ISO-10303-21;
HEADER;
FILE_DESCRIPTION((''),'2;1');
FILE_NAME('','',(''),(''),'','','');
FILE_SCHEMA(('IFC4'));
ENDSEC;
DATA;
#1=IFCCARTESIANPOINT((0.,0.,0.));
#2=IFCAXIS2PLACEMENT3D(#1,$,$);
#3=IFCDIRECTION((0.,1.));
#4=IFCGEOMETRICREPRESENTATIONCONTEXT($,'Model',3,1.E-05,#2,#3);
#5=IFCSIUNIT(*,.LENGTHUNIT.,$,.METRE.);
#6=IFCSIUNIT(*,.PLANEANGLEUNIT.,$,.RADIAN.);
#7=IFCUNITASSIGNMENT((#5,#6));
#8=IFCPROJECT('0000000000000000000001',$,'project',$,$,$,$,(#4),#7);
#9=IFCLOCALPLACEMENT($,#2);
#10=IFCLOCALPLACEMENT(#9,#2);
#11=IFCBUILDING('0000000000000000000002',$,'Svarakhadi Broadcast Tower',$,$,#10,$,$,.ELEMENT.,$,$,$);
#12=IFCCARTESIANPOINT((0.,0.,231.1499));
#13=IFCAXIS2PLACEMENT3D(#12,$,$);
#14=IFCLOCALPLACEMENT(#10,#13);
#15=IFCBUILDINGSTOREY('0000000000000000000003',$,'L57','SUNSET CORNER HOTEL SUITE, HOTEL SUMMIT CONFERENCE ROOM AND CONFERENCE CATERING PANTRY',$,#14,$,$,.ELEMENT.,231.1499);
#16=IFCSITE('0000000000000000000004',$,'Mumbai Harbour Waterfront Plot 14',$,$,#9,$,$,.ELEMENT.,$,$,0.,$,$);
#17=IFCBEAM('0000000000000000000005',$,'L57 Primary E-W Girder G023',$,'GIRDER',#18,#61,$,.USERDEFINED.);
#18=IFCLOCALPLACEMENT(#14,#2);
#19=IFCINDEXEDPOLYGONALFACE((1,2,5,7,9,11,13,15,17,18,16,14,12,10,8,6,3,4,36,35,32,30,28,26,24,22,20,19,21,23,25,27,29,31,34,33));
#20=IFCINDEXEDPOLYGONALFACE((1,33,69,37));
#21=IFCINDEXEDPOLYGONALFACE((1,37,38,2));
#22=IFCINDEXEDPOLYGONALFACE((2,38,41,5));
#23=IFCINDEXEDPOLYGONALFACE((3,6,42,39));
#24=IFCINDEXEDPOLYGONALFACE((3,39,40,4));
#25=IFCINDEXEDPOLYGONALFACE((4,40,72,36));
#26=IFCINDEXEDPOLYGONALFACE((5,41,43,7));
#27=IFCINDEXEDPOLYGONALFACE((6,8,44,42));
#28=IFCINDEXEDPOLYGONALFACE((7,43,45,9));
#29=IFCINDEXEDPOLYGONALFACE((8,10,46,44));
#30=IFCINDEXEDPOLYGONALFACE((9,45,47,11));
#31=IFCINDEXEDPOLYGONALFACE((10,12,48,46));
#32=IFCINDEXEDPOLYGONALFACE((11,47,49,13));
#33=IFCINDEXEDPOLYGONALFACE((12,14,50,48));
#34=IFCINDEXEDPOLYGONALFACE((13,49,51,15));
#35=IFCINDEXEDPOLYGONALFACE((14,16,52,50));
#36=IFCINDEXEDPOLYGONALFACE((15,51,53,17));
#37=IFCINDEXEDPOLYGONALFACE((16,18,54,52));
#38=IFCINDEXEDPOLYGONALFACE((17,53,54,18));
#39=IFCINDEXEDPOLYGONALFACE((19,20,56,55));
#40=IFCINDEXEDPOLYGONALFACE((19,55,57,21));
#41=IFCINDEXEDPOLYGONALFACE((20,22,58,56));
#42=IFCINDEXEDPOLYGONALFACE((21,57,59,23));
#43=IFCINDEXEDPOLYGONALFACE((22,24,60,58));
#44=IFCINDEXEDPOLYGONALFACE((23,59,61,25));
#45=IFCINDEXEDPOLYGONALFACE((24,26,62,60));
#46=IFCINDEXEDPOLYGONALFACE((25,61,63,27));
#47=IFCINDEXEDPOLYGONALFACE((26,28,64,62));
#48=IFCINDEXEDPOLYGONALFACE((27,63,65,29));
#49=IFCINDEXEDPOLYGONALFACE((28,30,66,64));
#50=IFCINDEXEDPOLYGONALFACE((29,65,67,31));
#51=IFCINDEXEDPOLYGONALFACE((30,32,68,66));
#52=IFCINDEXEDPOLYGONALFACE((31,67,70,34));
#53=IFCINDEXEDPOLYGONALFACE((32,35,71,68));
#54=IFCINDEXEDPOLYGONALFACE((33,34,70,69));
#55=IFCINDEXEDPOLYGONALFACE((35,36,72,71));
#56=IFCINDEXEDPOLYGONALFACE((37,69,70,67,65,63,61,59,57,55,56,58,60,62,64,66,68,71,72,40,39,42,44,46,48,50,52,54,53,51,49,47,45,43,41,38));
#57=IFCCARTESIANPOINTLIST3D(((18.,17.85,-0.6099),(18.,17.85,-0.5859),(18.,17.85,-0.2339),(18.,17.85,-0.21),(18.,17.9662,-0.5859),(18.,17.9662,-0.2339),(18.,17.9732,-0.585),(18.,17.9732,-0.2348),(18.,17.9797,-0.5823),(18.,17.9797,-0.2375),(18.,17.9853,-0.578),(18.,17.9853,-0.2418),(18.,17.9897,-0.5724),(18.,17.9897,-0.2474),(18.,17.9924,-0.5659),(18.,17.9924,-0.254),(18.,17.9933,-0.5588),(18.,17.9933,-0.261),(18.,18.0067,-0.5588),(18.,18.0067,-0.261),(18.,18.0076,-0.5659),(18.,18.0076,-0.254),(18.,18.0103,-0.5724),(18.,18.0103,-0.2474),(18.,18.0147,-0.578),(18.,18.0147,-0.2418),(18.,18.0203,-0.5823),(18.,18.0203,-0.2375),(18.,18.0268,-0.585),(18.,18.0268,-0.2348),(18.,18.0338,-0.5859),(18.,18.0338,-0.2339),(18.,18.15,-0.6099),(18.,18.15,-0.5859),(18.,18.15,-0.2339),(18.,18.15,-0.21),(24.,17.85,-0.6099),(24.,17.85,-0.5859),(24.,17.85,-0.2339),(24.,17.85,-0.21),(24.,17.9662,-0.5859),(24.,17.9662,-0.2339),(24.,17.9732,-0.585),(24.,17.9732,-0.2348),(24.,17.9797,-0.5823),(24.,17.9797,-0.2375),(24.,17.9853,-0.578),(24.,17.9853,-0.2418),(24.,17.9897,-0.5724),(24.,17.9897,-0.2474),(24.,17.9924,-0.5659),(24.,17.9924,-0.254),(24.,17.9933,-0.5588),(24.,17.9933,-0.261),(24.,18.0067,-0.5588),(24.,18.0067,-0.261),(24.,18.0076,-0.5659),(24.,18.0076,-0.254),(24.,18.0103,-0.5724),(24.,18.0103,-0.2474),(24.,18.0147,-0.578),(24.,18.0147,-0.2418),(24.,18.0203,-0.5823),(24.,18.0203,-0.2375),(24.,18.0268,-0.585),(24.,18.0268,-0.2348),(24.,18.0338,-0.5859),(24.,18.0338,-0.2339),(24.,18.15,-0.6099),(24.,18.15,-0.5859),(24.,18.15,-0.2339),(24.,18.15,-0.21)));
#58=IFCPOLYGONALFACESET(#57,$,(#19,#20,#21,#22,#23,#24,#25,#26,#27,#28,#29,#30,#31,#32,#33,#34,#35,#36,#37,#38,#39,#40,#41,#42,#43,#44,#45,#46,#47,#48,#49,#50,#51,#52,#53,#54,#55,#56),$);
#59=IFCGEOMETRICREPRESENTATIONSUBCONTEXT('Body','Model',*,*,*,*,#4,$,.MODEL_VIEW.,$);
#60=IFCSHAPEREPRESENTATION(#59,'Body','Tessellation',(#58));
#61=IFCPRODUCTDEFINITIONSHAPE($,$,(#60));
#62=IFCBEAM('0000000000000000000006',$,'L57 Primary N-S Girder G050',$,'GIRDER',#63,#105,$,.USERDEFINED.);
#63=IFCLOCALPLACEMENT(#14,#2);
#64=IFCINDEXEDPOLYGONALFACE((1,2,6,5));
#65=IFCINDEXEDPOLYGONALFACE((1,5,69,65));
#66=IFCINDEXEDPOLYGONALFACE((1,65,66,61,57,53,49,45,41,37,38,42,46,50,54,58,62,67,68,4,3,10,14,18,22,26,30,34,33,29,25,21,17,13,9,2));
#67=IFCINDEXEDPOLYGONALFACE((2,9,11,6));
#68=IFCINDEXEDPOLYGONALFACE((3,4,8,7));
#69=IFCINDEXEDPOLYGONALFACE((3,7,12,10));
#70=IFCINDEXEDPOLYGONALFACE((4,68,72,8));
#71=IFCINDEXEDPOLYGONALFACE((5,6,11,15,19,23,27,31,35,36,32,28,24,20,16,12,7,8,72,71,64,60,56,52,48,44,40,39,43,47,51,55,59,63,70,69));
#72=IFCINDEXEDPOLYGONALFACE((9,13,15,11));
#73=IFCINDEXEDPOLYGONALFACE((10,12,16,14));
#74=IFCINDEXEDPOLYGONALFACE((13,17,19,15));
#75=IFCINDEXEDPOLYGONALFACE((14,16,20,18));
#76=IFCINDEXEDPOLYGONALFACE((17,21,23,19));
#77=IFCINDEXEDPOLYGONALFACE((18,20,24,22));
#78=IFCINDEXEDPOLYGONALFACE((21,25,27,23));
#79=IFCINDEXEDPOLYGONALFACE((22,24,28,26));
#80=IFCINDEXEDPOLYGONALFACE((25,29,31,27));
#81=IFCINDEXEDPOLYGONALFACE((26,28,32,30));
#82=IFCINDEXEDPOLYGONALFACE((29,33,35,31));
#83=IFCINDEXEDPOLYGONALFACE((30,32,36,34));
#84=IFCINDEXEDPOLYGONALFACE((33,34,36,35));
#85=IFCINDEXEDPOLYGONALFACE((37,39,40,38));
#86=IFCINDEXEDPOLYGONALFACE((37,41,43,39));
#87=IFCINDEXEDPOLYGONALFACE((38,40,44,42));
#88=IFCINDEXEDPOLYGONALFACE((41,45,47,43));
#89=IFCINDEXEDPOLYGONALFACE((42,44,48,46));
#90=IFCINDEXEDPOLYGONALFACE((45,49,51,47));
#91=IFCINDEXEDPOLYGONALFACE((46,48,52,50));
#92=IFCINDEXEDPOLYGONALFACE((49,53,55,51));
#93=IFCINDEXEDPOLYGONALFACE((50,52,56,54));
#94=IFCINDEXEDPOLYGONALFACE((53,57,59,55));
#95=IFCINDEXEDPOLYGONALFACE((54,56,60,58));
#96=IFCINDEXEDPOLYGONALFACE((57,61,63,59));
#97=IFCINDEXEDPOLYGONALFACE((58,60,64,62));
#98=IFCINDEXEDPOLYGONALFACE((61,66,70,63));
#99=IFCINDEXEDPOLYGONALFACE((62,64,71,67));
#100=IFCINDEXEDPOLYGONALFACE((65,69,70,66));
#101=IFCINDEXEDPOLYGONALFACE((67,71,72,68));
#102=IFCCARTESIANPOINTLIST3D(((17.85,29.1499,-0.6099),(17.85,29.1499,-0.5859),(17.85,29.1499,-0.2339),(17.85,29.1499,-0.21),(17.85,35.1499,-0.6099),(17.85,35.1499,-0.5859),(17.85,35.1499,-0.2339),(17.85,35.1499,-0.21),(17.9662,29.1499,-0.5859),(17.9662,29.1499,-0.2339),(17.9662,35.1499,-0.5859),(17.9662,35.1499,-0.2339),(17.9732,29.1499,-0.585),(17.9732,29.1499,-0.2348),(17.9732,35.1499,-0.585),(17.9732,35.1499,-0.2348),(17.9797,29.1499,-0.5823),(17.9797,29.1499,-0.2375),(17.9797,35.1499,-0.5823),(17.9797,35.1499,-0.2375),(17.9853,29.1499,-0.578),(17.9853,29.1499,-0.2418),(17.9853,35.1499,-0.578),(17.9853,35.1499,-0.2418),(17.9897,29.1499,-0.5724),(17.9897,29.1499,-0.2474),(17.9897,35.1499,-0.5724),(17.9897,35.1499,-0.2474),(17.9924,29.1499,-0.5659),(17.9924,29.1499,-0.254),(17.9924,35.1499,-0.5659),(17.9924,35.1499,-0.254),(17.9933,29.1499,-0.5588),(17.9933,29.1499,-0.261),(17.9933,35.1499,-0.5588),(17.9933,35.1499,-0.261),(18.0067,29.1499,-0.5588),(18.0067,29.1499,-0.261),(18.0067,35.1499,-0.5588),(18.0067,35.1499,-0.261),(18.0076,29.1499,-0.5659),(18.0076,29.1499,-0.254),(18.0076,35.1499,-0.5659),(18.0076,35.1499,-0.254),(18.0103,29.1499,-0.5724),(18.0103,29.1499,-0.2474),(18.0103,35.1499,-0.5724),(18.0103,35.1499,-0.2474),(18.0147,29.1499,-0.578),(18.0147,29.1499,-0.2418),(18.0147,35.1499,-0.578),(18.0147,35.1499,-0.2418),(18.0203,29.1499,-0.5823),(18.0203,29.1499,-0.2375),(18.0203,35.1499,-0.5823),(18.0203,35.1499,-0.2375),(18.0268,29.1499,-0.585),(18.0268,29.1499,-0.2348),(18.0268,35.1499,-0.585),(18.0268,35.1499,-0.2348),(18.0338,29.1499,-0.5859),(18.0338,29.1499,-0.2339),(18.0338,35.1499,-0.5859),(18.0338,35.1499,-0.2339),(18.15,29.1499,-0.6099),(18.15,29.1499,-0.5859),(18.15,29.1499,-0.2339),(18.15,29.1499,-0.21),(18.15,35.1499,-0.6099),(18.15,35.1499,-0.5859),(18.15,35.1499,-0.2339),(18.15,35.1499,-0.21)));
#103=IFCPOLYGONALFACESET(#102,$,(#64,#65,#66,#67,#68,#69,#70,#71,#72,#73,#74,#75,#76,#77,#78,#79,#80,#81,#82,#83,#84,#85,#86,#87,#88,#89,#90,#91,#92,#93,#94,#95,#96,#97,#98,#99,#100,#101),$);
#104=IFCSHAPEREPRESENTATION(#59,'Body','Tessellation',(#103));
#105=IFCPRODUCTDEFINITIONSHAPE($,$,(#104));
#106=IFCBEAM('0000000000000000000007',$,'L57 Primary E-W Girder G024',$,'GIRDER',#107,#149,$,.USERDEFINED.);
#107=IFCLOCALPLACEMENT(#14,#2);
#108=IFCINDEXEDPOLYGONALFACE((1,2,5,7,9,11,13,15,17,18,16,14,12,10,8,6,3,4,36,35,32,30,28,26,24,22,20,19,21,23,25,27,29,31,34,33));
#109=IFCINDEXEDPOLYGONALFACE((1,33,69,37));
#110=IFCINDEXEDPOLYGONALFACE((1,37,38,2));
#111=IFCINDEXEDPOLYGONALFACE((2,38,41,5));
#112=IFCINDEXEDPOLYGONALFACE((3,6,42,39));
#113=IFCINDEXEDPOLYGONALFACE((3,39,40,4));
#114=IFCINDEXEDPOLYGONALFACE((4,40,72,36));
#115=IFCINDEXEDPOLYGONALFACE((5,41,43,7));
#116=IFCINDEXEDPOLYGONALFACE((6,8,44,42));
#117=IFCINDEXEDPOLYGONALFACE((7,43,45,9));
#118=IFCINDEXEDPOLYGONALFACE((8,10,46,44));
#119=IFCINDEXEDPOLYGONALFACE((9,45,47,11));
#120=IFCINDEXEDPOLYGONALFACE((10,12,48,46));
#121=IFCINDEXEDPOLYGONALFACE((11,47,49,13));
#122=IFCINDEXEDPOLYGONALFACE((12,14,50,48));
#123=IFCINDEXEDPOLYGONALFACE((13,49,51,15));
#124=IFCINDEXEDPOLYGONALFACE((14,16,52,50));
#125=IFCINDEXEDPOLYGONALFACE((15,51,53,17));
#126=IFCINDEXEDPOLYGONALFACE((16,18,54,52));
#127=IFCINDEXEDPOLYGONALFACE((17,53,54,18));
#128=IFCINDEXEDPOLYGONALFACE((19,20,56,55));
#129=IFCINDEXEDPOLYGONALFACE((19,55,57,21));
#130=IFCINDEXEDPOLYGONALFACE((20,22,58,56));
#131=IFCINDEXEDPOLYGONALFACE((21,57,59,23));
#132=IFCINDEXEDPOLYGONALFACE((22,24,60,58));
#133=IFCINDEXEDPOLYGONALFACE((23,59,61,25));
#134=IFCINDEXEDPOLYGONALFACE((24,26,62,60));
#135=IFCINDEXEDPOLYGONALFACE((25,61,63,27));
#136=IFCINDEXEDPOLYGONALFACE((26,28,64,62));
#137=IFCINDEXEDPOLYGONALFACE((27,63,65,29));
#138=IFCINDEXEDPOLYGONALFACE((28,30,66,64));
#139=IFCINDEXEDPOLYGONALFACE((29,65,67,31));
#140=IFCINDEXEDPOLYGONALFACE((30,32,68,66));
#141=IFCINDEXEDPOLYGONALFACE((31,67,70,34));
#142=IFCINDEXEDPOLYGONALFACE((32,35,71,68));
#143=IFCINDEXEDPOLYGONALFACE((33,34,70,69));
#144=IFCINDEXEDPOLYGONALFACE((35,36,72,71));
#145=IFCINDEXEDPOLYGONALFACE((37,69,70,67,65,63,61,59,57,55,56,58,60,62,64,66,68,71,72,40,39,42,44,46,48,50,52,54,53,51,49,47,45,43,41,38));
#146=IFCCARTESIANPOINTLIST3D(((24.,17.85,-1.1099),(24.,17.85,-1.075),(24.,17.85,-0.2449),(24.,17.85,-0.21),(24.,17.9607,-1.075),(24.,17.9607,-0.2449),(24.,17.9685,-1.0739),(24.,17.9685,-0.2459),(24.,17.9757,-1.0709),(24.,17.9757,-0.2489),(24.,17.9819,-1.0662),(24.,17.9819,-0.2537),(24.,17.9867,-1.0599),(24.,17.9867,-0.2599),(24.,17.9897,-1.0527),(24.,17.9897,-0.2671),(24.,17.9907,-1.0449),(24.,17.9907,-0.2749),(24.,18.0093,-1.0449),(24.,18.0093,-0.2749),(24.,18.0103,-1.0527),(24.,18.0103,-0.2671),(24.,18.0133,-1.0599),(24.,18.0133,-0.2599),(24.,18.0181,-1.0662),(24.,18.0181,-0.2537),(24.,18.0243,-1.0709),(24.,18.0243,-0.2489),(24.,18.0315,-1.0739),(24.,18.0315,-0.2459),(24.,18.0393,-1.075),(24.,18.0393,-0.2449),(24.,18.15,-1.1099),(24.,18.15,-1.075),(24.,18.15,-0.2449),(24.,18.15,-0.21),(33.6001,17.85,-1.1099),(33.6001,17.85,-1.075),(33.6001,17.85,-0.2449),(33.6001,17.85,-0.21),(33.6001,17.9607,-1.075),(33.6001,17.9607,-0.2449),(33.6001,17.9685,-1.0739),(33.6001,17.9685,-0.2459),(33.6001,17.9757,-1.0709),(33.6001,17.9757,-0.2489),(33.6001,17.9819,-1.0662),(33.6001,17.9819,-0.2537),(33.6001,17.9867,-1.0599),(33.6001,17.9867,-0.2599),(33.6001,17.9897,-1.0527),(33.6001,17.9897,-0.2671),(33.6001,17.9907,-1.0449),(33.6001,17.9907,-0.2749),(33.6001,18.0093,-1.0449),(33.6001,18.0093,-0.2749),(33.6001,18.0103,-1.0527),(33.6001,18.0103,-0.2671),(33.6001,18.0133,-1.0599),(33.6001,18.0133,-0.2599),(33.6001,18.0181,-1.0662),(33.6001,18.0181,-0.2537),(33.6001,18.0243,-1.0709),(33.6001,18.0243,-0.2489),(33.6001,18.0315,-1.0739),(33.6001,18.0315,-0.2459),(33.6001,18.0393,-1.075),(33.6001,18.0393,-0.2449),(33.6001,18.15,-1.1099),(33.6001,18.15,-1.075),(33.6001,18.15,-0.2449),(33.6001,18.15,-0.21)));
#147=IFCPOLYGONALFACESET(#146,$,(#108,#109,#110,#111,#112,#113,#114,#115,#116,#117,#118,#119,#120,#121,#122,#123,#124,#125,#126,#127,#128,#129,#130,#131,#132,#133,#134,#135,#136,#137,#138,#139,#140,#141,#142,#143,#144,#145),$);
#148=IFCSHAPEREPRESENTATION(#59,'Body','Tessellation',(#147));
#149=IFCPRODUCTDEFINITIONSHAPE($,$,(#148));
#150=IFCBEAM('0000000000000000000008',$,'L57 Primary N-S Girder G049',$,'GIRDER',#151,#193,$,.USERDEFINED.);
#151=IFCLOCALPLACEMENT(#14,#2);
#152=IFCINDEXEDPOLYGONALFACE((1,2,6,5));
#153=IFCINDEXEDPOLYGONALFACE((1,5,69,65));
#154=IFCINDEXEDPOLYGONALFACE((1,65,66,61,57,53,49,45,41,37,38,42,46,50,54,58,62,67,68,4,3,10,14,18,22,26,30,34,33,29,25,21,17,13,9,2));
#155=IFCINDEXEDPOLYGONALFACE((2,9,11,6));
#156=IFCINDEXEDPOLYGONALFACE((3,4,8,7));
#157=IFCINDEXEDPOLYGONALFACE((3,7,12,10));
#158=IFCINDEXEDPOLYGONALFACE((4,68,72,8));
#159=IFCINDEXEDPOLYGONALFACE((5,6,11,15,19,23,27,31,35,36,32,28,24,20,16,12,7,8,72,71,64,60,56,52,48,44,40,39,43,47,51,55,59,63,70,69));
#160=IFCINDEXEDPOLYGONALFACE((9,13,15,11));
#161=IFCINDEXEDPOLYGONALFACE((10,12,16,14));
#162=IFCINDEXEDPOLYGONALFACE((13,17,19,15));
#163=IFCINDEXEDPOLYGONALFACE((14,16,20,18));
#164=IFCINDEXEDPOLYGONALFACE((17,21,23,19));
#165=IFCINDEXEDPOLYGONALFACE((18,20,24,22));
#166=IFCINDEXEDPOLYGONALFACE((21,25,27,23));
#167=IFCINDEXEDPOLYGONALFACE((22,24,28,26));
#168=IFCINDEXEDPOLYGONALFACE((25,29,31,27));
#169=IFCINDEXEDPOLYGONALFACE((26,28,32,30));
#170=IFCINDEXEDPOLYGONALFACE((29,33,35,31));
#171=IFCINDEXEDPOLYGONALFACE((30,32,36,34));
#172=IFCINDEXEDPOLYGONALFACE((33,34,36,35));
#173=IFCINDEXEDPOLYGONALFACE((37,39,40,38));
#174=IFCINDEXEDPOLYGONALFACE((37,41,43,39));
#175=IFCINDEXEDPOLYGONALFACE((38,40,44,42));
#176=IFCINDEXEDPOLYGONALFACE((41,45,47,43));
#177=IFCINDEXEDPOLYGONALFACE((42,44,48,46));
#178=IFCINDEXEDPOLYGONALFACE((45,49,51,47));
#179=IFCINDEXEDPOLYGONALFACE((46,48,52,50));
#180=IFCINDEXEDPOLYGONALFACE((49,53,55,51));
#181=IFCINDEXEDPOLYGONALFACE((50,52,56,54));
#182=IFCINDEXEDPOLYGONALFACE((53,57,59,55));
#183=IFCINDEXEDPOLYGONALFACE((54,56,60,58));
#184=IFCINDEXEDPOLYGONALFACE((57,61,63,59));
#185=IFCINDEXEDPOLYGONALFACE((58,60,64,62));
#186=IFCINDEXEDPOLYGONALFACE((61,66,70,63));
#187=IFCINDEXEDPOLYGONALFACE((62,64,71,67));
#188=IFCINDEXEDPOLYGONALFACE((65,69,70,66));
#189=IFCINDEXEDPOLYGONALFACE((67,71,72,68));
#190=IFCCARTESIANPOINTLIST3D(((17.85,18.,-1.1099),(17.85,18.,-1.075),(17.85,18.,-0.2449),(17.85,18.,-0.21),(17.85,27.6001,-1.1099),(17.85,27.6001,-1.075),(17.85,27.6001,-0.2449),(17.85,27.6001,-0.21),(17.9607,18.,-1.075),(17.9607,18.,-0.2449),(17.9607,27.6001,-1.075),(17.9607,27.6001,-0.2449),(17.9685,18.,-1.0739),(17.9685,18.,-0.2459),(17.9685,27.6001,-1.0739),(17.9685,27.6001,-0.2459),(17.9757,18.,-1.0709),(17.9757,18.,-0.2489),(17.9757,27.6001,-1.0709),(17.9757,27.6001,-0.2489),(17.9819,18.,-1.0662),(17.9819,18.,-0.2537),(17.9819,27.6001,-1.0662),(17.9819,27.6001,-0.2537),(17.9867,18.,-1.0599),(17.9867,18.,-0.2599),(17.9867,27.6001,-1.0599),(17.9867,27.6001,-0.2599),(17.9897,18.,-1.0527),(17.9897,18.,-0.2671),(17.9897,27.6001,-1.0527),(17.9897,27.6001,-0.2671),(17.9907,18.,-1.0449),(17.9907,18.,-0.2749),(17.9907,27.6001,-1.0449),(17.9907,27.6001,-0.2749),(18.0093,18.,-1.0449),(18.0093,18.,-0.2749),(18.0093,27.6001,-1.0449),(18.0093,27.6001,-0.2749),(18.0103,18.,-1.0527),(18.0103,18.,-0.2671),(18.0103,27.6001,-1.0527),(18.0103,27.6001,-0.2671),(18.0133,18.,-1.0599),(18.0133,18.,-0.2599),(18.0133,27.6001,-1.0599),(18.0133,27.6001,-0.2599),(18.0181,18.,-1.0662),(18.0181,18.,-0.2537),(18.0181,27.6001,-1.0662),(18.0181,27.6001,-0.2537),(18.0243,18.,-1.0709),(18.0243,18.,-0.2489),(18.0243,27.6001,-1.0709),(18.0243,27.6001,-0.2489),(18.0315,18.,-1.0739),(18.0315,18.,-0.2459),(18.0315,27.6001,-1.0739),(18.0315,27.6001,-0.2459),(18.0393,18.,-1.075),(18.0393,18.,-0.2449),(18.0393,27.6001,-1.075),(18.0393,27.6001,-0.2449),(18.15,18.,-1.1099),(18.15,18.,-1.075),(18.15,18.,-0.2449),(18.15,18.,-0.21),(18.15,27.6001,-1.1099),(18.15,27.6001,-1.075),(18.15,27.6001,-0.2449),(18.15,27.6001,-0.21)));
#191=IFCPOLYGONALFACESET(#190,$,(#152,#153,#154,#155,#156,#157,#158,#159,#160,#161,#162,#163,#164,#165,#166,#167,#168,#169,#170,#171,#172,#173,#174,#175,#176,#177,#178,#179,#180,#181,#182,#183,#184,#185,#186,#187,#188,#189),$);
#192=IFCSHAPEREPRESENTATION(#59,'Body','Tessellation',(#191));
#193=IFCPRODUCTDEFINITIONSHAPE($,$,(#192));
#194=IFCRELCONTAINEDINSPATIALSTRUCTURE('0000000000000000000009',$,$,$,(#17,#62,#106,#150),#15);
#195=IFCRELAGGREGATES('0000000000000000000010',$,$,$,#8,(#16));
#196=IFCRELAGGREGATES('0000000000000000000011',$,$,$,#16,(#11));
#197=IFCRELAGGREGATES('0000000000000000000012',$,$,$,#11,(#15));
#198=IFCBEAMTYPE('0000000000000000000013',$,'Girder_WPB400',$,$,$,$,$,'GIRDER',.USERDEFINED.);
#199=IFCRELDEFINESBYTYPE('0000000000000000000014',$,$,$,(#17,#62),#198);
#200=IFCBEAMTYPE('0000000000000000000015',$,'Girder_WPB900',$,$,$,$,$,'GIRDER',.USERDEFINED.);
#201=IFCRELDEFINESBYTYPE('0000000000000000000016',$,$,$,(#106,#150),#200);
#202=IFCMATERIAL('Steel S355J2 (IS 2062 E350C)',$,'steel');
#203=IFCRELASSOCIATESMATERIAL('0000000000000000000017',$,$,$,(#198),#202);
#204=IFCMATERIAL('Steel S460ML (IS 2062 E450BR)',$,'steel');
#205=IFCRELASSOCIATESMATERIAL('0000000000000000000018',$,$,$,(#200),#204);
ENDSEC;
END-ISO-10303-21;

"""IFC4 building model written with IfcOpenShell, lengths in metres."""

from ifc_helpers import new_model, si_unit, direction, frame, origin, origin_2d, place, context, subcontext, project, spatial, i_section, extrude, material, material_profile, profile_set, type_object, element, save


model = new_model("IFC4")

# Units and contexts
model_context = context("Model", 3, precision=1e-05, world=origin(), true_north=direction((0.0, 1.0)))
body_context = subcontext(model_context, "Body", "Model", "MODEL_VIEW")
ifc_project = project(units=[si_unit("LENGTHUNIT", "METRE"), si_unit("PLANEANGLEUNIT", "RADIAN")], contexts=[model_context])

# Site, building, storey
site_placement = place(None, origin())
site = spatial("IfcSite", under=ifc_project, at=site_placement, Name="Mumbai Harbour Waterfront Plot 14", CompositionType="ELEMENT", RefElevation=0.0)
building_placement = place(site_placement, origin())
building = spatial("IfcBuilding", under=site, at=building_placement, Name="Svarakhadi Broadcast Tower", CompositionType="ELEMENT")
storey_placement = place(building_placement, frame((0.0, 0.0, 231.1499)))
storey = spatial("IfcBuildingStorey", under=building, at=storey_placement, Name="L57", Description="SUNSET CORNER HOTEL SUITE, HOTEL SUMMIT CONFERENCE ROOM AND CONFERENCE CATERING PANTRY", CompositionType="ELEMENT", Elevation=231.1499)

# Shared definitions
ifc_material_1 = material(Name="Steel S355J2 (IS 2062 E350C)", Category="steel")

# Beams
ifc_material_profile_1 = material_profile(ifc_material_1, i_section(OverallWidth=0.3, OverallDepth=0.3999, WebThickness=0.0134, FlangeThickness=0.0239, FilletRadius=0.0271, at=origin_2d()), Name="WPB 400x300x155")
ifc_profile_set_1 = profile_set([ifc_material_profile_1], Name="Steel S355J2 (IS 2062 E350C)")
beam_type_1 = type_object("IfcBeamType", Name="Girder_WPB400", ElementType="GIRDER", PredefinedType="USERDEFINED", material=ifc_profile_set_1)
for number, where, z_axis, x_axis, name in (
    (1, (18.0, 18.0, -0.4099), (1.0, 0.0, 0.0), (0.0, 1.0, 0.0), "L57 Primary E-W Girder G023"),
    (2, (18.0, 29.1499, -0.4099), (0.0, 1.0, 0.0), (-1.0, 0.0, 0.0), "L57 Primary N-S Girder G050"),
):
    element("IfcBeam", number, at=place(storey_placement, frame(where, z_axis=z_axis, x_axis=x_axis)), inside=storey, type_object=beam_type_1, Name=name, ObjectType="GIRDER", PredefinedType="USERDEFINED", context=body_context, shape_type="SweptSolid", body=[
        extrude(i_section(OverallWidth=0.3, OverallDepth=0.3999, WebThickness=0.0134, FlangeThickness=0.0239, FilletRadius=0.0271, at=origin_2d()), origin(), (0.0, 0.0, 1.0), 6.0),
    ])
ifc_material_2 = material(Name="Steel S460ML (IS 2062 E450BR)", Category="steel")
ifc_material_profile_2 = material_profile(ifc_material_2, i_section(OverallWidth=0.3, OverallDepth=0.8999, WebThickness=0.0186, FlangeThickness=0.0349, FilletRadius=0.03, at=origin_2d()), Name="WPB 900x300x291")
ifc_profile_set_2 = profile_set([ifc_material_profile_2], Name="Steel S460ML (IS 2062 E450BR)")
beam_type_2 = type_object("IfcBeamType", Name="Girder_WPB900", ElementType="GIRDER", PredefinedType="USERDEFINED", material=ifc_profile_set_2)
for number, where, z_axis, x_axis, name in (
    (3, (24.0, 18.0, -0.6599), (1.0, 0.0, 0.0), (0.0, 1.0, 0.0), "L57 Primary E-W Girder G024"),
    (4, (18.0, 18.0, -0.6599), (0.0, 1.0, 0.0), (-1.0, 0.0, 0.0), "L57 Primary N-S Girder G049"),
):
    element("IfcBeam", number, at=place(storey_placement, frame(where, z_axis=z_axis, x_axis=x_axis)), inside=storey, type_object=beam_type_2, Name=name, ObjectType="GIRDER", PredefinedType="USERDEFINED", context=body_context, shape_type="SweptSolid", body=[
        extrude(i_section(OverallWidth=0.3, OverallDepth=0.8999, WebThickness=0.0186, FlangeThickness=0.0349, FilletRadius=0.03, at=origin_2d()), origin(), (0.0, 0.0, 1.0), 9.6001),
    ])

save(model, "model.ifc")
